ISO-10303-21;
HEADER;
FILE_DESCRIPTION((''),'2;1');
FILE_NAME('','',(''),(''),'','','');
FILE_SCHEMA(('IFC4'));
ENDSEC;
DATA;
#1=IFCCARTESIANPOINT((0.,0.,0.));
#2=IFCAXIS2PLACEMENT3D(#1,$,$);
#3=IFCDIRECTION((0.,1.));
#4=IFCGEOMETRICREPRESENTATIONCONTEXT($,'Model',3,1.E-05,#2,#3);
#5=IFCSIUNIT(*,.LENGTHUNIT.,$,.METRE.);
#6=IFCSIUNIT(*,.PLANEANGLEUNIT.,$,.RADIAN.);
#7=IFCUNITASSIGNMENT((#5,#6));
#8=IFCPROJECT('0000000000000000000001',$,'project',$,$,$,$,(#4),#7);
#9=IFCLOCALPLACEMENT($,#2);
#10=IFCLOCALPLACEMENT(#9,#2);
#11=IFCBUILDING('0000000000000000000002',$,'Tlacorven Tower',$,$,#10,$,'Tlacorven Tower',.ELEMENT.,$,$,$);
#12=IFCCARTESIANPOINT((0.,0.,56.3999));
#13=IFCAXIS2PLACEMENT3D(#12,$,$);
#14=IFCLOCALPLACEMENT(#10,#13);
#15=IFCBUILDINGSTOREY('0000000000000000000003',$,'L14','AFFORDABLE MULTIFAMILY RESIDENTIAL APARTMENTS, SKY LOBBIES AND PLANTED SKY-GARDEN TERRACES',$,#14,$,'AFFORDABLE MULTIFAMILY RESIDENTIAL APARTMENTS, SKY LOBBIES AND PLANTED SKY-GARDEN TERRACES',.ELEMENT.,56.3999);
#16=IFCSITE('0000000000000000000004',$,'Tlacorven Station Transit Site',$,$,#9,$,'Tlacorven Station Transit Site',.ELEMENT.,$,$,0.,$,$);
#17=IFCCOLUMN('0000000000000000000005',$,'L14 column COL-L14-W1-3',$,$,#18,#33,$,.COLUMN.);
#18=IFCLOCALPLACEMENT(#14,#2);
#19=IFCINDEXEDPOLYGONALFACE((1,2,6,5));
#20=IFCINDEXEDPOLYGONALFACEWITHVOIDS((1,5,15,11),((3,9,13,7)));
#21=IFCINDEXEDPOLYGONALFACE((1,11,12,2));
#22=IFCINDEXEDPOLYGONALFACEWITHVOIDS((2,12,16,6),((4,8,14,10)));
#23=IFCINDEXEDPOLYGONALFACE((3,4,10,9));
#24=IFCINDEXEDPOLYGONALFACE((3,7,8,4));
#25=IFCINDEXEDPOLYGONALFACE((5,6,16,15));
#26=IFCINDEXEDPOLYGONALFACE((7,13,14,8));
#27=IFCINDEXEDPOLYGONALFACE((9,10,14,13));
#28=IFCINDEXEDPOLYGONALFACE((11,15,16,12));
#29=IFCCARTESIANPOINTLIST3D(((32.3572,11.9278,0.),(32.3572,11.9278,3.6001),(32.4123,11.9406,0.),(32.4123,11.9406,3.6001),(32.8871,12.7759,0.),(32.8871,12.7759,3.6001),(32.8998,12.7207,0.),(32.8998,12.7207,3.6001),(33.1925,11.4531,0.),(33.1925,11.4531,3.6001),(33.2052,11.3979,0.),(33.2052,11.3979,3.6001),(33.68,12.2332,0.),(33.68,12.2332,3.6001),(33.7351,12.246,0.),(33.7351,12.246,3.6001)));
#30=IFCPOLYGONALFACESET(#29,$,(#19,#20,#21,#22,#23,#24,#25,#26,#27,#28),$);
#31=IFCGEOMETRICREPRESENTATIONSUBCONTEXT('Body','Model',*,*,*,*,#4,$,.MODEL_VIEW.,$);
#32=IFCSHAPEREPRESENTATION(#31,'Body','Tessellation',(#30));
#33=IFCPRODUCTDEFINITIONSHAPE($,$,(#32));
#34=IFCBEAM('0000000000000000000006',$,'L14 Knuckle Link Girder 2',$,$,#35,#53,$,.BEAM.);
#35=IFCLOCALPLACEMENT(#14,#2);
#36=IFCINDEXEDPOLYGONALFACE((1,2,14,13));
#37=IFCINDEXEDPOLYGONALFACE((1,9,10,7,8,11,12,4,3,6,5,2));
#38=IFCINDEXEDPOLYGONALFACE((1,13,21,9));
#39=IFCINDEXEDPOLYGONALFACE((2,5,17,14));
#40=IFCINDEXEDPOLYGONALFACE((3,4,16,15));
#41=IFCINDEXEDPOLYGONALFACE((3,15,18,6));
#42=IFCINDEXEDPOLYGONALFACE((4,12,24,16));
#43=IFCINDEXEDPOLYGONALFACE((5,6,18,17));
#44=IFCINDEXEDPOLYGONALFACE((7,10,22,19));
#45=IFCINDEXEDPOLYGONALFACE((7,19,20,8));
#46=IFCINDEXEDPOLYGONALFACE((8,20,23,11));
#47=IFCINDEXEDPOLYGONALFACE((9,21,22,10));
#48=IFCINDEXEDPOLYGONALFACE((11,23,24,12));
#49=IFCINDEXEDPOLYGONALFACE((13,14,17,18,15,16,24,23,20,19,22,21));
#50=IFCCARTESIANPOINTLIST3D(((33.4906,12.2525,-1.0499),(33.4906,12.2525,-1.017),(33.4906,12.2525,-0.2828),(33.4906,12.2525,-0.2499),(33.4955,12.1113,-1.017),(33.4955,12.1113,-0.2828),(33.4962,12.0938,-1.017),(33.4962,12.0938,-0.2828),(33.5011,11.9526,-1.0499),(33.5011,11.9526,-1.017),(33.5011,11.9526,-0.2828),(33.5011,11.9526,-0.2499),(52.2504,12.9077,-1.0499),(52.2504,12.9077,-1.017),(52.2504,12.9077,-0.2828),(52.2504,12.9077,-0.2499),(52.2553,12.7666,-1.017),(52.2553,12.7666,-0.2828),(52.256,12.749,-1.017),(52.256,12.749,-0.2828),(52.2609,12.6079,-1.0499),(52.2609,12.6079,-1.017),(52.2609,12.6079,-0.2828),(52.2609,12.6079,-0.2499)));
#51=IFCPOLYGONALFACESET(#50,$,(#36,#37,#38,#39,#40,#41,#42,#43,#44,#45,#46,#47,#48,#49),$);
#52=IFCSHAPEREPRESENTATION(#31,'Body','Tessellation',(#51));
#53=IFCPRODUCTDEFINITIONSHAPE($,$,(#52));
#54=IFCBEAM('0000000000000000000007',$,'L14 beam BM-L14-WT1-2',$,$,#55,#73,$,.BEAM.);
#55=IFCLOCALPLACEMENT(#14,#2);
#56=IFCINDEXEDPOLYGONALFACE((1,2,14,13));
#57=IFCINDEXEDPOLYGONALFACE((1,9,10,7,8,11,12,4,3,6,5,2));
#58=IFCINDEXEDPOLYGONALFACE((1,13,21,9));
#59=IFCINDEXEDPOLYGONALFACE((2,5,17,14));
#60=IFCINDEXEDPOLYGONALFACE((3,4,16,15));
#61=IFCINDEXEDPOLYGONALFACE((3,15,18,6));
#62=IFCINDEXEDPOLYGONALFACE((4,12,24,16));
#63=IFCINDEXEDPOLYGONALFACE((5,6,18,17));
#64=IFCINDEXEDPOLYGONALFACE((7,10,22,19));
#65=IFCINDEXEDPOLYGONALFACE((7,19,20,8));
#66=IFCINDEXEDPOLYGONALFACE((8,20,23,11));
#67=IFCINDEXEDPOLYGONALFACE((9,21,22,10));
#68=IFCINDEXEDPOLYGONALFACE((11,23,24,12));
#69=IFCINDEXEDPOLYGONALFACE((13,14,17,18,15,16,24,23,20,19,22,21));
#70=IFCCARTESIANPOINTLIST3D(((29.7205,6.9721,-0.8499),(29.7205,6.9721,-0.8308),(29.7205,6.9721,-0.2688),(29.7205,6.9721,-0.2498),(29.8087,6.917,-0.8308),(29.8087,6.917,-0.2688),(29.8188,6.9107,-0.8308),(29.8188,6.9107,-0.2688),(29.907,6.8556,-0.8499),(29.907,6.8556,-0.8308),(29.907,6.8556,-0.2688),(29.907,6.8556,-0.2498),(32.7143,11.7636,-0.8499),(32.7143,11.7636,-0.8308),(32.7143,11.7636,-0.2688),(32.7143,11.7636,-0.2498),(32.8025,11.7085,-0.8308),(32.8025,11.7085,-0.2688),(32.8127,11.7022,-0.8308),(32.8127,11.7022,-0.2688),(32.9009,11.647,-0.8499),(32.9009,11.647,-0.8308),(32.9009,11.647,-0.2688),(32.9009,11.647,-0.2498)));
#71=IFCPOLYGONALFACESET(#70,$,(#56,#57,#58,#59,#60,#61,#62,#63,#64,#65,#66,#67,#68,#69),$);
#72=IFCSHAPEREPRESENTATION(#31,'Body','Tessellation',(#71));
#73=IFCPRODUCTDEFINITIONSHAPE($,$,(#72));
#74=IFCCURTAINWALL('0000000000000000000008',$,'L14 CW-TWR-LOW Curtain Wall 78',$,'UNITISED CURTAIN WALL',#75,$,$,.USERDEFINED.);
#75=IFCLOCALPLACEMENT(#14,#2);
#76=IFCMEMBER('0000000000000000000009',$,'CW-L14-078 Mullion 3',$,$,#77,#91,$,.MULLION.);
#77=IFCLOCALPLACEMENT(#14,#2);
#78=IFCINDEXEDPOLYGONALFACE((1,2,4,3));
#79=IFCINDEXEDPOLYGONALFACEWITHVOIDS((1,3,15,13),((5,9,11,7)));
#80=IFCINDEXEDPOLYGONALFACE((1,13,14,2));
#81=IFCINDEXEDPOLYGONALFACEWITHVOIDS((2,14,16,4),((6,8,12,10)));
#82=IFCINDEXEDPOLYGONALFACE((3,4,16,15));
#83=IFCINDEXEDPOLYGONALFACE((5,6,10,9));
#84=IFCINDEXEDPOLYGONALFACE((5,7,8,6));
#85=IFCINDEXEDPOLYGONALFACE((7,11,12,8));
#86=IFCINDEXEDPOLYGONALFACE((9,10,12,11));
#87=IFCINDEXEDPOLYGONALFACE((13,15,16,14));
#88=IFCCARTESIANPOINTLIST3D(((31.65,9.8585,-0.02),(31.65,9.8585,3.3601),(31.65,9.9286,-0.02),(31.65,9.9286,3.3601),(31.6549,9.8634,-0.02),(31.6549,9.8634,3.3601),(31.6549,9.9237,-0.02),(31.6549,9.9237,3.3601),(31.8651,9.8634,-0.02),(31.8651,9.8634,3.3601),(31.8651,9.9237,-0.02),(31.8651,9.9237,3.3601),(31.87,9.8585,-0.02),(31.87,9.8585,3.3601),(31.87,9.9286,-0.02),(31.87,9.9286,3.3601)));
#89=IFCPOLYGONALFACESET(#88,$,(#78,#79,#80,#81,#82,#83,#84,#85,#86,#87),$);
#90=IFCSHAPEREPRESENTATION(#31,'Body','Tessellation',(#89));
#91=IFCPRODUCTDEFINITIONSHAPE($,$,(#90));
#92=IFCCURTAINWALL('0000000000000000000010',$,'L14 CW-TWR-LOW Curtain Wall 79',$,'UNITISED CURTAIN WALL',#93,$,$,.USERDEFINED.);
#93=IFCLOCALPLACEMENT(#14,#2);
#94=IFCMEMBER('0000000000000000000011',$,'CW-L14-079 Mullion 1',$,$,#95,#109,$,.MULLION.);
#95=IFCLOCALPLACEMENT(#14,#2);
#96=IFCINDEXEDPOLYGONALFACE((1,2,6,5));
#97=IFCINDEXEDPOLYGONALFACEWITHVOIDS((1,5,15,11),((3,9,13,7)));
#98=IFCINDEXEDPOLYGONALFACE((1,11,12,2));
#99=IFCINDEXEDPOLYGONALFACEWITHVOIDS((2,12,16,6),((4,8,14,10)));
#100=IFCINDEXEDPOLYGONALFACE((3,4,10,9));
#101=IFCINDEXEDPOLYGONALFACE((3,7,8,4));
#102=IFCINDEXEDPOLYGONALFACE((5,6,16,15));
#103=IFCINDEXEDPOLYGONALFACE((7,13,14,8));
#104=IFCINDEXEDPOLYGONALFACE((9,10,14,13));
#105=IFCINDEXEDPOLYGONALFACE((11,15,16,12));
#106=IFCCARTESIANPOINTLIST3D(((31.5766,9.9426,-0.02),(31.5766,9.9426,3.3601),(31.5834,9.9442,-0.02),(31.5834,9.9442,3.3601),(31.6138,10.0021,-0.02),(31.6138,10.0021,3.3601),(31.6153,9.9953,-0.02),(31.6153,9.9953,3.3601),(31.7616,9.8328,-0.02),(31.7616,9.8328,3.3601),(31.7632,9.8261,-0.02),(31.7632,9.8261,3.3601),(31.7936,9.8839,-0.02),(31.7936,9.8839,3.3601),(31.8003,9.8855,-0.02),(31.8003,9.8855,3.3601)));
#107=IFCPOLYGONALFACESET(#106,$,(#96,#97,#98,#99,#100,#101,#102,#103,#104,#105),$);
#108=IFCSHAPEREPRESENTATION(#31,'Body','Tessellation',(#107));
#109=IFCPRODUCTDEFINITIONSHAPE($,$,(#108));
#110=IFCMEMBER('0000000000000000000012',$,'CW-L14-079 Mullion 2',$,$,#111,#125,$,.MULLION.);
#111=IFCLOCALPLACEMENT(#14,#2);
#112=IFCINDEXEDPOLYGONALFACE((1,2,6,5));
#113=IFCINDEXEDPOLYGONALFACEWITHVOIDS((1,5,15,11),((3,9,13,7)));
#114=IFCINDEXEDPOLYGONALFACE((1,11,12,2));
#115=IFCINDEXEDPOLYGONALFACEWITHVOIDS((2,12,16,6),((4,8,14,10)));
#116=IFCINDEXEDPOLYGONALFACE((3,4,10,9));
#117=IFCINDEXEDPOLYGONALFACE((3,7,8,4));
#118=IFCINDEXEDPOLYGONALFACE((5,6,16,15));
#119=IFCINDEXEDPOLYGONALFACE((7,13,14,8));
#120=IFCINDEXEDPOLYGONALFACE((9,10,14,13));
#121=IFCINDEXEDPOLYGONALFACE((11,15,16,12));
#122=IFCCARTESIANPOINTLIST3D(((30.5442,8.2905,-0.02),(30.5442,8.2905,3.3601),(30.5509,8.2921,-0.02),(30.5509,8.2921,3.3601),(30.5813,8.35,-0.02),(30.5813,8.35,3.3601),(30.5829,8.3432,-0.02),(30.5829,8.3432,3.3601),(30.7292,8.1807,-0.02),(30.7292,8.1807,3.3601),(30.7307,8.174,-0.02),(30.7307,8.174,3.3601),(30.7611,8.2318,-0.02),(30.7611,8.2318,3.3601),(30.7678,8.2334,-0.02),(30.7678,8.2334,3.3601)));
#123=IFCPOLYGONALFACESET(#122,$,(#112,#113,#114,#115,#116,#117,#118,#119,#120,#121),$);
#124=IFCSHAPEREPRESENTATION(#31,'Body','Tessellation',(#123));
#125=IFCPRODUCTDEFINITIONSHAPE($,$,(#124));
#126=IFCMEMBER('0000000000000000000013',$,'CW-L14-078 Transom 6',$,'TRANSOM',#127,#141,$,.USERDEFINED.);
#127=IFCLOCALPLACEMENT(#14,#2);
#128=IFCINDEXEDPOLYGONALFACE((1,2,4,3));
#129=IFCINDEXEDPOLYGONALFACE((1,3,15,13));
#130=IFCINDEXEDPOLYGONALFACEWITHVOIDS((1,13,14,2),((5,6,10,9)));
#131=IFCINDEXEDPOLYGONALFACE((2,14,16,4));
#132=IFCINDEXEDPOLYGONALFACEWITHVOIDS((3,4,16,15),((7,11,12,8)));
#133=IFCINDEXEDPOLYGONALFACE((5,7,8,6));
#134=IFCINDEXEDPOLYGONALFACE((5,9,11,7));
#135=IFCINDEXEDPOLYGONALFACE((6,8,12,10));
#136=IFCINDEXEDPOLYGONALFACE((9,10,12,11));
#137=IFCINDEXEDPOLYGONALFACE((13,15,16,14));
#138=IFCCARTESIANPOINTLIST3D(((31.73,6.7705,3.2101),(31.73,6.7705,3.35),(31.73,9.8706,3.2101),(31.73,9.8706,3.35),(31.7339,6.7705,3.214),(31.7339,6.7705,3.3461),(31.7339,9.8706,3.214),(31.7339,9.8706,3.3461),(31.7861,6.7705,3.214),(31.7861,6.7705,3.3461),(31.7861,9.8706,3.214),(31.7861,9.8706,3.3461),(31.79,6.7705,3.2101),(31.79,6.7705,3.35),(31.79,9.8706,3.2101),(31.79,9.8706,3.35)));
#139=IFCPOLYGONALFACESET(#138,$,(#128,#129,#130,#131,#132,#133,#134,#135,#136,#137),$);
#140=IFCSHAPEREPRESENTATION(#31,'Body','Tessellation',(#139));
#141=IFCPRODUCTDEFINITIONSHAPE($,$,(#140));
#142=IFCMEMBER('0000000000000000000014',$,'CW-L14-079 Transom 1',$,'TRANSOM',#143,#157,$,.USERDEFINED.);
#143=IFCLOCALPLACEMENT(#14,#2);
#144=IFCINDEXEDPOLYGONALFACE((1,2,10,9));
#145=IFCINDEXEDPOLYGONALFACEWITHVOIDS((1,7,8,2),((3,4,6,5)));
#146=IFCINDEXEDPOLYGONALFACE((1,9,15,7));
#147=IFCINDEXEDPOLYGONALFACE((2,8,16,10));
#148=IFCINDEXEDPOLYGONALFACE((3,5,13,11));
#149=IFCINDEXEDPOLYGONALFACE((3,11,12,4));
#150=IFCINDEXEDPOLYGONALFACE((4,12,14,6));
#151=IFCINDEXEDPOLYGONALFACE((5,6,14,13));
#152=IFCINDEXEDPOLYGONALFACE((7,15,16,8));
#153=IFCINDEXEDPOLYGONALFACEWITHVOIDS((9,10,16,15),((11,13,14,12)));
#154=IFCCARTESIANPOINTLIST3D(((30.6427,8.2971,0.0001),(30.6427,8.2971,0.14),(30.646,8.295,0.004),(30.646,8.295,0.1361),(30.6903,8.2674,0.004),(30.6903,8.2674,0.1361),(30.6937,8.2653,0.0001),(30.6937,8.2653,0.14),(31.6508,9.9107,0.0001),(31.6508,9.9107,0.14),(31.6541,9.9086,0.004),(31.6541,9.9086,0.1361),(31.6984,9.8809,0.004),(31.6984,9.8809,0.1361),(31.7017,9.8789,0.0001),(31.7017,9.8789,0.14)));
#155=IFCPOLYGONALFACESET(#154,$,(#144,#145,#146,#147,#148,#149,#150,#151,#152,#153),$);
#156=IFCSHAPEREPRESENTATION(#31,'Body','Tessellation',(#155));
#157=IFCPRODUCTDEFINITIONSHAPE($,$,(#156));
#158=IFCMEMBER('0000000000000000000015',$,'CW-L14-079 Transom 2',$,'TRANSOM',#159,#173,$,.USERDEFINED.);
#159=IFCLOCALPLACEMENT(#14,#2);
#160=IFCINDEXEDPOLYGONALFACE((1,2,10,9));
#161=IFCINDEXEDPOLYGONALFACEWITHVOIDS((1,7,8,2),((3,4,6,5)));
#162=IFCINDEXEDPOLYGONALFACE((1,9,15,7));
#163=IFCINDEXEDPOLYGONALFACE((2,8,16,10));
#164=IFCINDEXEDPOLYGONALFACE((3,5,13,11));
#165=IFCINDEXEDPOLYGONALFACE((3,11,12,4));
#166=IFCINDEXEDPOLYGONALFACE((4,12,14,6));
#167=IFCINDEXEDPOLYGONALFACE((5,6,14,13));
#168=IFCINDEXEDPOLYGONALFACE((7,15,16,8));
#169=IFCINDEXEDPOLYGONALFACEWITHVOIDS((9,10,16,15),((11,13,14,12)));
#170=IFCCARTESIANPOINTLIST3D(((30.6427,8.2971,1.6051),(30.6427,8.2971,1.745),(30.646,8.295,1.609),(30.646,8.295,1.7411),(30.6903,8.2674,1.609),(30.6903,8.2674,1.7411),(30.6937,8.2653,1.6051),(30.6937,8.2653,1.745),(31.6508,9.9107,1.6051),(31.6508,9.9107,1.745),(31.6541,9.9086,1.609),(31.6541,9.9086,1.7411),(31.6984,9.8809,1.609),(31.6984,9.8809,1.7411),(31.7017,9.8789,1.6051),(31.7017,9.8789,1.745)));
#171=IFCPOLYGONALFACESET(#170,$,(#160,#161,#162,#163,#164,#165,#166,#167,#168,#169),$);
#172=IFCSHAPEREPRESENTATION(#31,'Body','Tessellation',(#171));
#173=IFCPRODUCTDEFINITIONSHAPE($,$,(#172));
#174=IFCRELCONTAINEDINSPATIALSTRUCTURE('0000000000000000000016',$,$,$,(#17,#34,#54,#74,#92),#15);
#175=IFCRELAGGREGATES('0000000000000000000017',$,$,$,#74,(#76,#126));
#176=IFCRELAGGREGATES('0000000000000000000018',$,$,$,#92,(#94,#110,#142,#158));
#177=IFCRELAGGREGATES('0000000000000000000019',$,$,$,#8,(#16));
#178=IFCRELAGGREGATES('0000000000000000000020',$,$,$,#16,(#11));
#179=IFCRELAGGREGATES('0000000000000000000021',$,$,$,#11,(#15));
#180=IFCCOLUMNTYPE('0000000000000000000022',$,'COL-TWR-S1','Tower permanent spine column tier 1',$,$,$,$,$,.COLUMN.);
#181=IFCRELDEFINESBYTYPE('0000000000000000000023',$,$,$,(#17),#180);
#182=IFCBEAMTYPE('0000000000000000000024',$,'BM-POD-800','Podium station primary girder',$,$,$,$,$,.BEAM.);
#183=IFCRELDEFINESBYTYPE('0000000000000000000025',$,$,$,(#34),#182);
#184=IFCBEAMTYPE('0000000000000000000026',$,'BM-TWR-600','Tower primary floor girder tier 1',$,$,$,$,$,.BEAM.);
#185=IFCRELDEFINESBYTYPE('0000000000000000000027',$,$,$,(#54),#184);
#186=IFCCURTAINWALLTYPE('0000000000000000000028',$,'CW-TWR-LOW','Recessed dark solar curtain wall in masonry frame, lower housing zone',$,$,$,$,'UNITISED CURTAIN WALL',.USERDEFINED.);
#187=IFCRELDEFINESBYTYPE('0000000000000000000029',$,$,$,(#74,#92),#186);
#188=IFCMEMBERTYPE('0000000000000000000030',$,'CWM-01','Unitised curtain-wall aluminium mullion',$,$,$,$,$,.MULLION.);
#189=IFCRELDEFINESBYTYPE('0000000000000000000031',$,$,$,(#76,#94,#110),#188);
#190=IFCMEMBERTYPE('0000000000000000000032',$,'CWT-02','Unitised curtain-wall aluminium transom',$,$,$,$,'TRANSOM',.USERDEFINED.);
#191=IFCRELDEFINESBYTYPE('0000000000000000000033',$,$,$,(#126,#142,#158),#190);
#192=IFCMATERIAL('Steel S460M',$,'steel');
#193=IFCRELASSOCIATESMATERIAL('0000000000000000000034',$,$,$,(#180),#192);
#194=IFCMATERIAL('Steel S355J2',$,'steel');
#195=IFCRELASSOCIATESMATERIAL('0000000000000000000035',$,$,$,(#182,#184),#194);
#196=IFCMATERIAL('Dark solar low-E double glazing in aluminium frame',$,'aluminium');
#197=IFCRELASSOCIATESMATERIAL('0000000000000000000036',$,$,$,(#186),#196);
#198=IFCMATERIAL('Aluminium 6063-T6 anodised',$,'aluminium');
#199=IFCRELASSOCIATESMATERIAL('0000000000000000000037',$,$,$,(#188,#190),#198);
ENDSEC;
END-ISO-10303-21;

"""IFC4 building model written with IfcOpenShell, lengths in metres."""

from ifc_helpers import new_model, si_unit, direction, frame, origin, origin_2d, place, context, subcontext, project, spatial, hollow_rectangle, i_section, extrude, source, transform, mapped, material, material_profile, profile_set, type_object, element, aggregate, save


model = new_model("IFC4")

# Units and contexts
model_context = context("Model", 3, precision=1e-05, world=origin(), true_north=direction((0.0, 1.0)))
body_context = subcontext(model_context, "Body", "Model", "MODEL_VIEW")
ifc_project = project(units=[si_unit("LENGTHUNIT", "METRE"), si_unit("PLANEANGLEUNIT", "RADIAN")], contexts=[model_context])

# Site, building, storey
site_placement = place(None, origin())
site = spatial("IfcSite", under=ifc_project, at=site_placement, Name="Tlacorven Station Transit Site", LongName="Tlacorven Station Transit Site", CompositionType="ELEMENT", RefElevation=0.0)
building_placement = place(site_placement, origin())
building = spatial("IfcBuilding", under=site, at=building_placement, Name="Tlacorven Tower", LongName="Tlacorven Tower", CompositionType="ELEMENT")
storey_placement = place(building_placement, frame((0.0, 0.0, 56.3999)))
storey = spatial("IfcBuildingStorey", under=building, at=storey_placement, Name="L14", Description="AFFORDABLE MULTIFAMILY RESIDENTIAL APARTMENTS, SKY LOBBIES AND PLANTED SKY-GARDEN TERRACES", LongName="AFFORDABLE MULTIFAMILY RESIDENTIAL APARTMENTS, SKY LOBBIES AND PLANTED SKY-GARDEN TERRACES", CompositionType="ELEMENT", Elevation=56.3999)

# Column
ifc_material_1 = material(Name="Steel S460M", Category="steel")
ifc_material_profile_1 = material_profile(ifc_material_1, hollow_rectangle(XDim=1.0, YDim=1.0, WallThickness=0.04, at=origin_2d()), Name="BOX 1000X1000X40")
ifc_profile_set_1 = profile_set([ifc_material_profile_1], Name="Steel S460M")
column_type = type_object("IfcColumnType", Name="COL-TWR-S1", Description="Tower permanent spine column tier 1", PredefinedType="COLUMN", material=ifc_profile_set_1)
shared_shape_1 = source(origin(), body_context, "Body", "SweptSolid", [
    extrude(hollow_rectangle(XDim=1.0, YDim=1.0, WallThickness=0.04, at=origin_2d()), origin(), (0.0, 0.0, 1.0), 3.6001),
])
column_placement = place(storey_placement, frame((33.0461, 12.0869, 0.0), z_axis=(0.0, 0.0, 1.0), x_axis=(-0.848048, 0.529919, 0.0)))
element("IfcColumn", 1, at=column_placement, inside=storey, type_object=column_type, Name="L14 column COL-L14-W1-3", PredefinedType="COLUMN", context=body_context, shape_type="MappedRepresentation", body=[
    mapped(shared_shape_1, transform((0.0, 0.0, 0.0), scale=1.0)),
])

# Beams
ifc_material_2 = material(Name="Steel S355J2", Category="steel")
ifc_material_profile_2 = material_profile(ifc_material_2, i_section(OverallWidth=0.3, OverallDepth=0.8, WebThickness=0.0176, FlangeThickness=0.033, at=origin_2d()), Name="HEB 800")
ifc_profile_set_2 = profile_set([ifc_material_profile_2], Name="Steel S355J2")
beam_type_1 = type_object("IfcBeamType", Name="BM-POD-800", Description="Podium station primary girder", PredefinedType="BEAM", material=ifc_profile_set_2)
shared_shape_2 = source(origin(), body_context, "Body", "SweptSolid", [
    extrude(i_section(OverallWidth=0.3, OverallDepth=0.8, WebThickness=0.0176, FlangeThickness=0.033, at=origin_2d()), origin(), (0.0, 0.0, 1.0), 18.7712),
])
beam_1_placement = place(storey_placement, frame((33.4958, 12.1025, -0.6499), z_axis=(0.999391, 0.034908, 0.0), x_axis=(-0.034908, 0.999391, 0.0)))
element("IfcBeam", 2, at=beam_1_placement, inside=storey, type_object=beam_type_1, Name="L14 Knuckle Link Girder 2", PredefinedType="BEAM", context=body_context, shape_type="MappedRepresentation", body=[
    mapped(shared_shape_2, transform((0.0, 0.0, 0.0), scale=1.0)),
])
ifc_material_profile_3 = material_profile(ifc_material_2, i_section(OverallWidth=0.22, OverallDepth=0.6001, WebThickness=0.012, FlangeThickness=0.019, at=origin_2d()), Name="IPE 600")
ifc_profile_set_3 = profile_set([ifc_material_profile_3], Name="Steel S355J2")
beam_type_2 = type_object("IfcBeamType", Name="BM-TWR-600", Description="Tower primary floor girder tier 1", PredefinedType="BEAM", material=ifc_profile_set_3)
shared_shape_3 = source(origin(), body_context, "Body", "SweptSolid", [
    extrude(i_section(OverallWidth=0.22, OverallDepth=0.6001, WebThickness=0.012, FlangeThickness=0.019, at=origin_2d()), origin(), (0.0, 0.0, 1.0), 5.6499),
])
beam_2_placement = place(storey_placement, frame((32.8076, 11.7053, -0.5498), z_axis=(-0.529898, -0.848061, 0.0), x_axis=(0.848061, -0.529898, 0.0)))
element("IfcBeam", 3, at=beam_2_placement, inside=storey, type_object=beam_type_2, Name="L14 beam BM-L14-WT1-2", PredefinedType="BEAM", context=body_context, shape_type="MappedRepresentation", body=[
    mapped(shared_shape_3, transform((0.0, 0.0, 0.0), scale=1.0)),
])

# Curtain wall, member
ifc_material_3 = material(Name="Dark solar low-E double glazing in aluminium frame", Category="aluminium")
curtain_wall_type = type_object("IfcCurtainWallType", Name="CW-TWR-LOW", Description="Recessed dark solar curtain wall in masonry frame, lower housing zone", ElementType="UNITISED CURTAIN WALL", PredefinedType="USERDEFINED", material=ifc_material_3)
curtain_wall_1_placement = place(storey_placement, origin())
curtain_wall_1 = element("IfcCurtainWall", 4, at=curtain_wall_1_placement, inside=storey, type_object=curtain_wall_type, Name="L14 CW-TWR-LOW Curtain Wall 78", ObjectType="UNITISED CURTAIN WALL", PredefinedType="USERDEFINED")
ifc_material_4 = material(Name="Aluminium 6063-T6 anodised", Category="aluminium")
ifc_material_profile_4 = material_profile(ifc_material_4, hollow_rectangle(XDim=0.0701, YDim=0.22, WallThickness=0.0049, at=origin_2d()), Name="ALU MULLION 70X220")
ifc_profile_set_4 = profile_set([ifc_material_profile_4], Name="Aluminium 6063-T6 anodised")
member_type_1 = type_object("IfcMemberType", Name="CWM-01", Description="Unitised curtain-wall aluminium mullion", PredefinedType="MULLION", material=ifc_profile_set_4)
shared_shape_4 = source(origin(), body_context, "Body", "SweptSolid", [
    extrude(hollow_rectangle(XDim=0.0701, YDim=0.22, WallThickness=0.0049, at=origin_2d()), origin(), (0.0, 0.0, 1.0), 3.3801),
])
member_1_placement = place(storey_placement, frame((31.76, 9.8936, -0.02), z_axis=(0.0, 0.0, 1.0), x_axis=(0.0, 1.0, 0.0)))
member_1 = element("IfcMember", 5, at=member_1_placement, type_object=member_type_1, Name="CW-L14-078 Mullion 3", PredefinedType="MULLION", context=body_context, shape_type="MappedRepresentation", body=[
    mapped(shared_shape_4, transform((0.0, 0.0, 0.0), scale=1.0)),
])

# Curtain wall, members
curtain_wall_2_placement = place(storey_placement, origin())
curtain_wall_2 = element("IfcCurtainWall", 6, at=curtain_wall_2_placement, inside=storey, type_object=curtain_wall_type, Name="L14 CW-TWR-LOW Curtain Wall 79", ObjectType="UNITISED CURTAIN WALL", PredefinedType="USERDEFINED")
member_2_placement = place(storey_placement, frame((31.6885, 9.9141, -0.02), z_axis=(0.0, 0.0, 1.0), x_axis=(-0.529919, -0.848048, 0.0)))
member_2 = element("IfcMember", 7, at=member_2_placement, type_object=member_type_1, Name="CW-L14-079 Mullion 1", PredefinedType="MULLION", context=body_context, shape_type="MappedRepresentation", body=[
    mapped(shared_shape_4, transform((0.0, 0.0, 0.0), scale=1.0)),
])
member_3_placement = place(storey_placement, frame((30.656, 8.262, -0.02), z_axis=(0.0, 0.0, 1.0), x_axis=(-0.529919, -0.848048, 0.0)))
member_3 = element("IfcMember", 8, at=member_3_placement, type_object=member_type_1, Name="CW-L14-079 Mullion 2", PredefinedType="MULLION", context=body_context, shape_type="MappedRepresentation", body=[
    mapped(shared_shape_4, transform((0.0, 0.0, 0.0), scale=1.0)),
])

# Members
ifc_material_profile_5 = material_profile(ifc_material_4, hollow_rectangle(XDim=0.0601, YDim=0.1399, WallThickness=0.0039, at=origin_2d()), Name="ALU TRANSOM 60X140")
ifc_profile_set_5 = profile_set([ifc_material_profile_5], Name="Aluminium 6063-T6 anodised")
member_type_2 = type_object("IfcMemberType", Name="CWT-02", Description="Unitised curtain-wall aluminium transom", ElementType="TRANSOM", PredefinedType="USERDEFINED", material=ifc_profile_set_5)
shared_shape_5 = source(origin(), body_context, "Body", "SweptSolid", [
    extrude(hollow_rectangle(XDim=0.0601, YDim=0.1399, WallThickness=0.0039, at=origin_2d()), origin(), (0.0, 0.0, 1.0), 3.1001),
])
member_4_placement = place(storey_placement, frame((31.76, 6.7705, 3.28), z_axis=(0.0, 1.0, 0.0), x_axis=(-1.0, 0.0, 0.0)))
member_4 = element("IfcMember", 9, at=member_4_placement, type_object=member_type_2, Name="CW-L14-078 Transom 6", ObjectType="TRANSOM", PredefinedType="USERDEFINED", context=body_context, shape_type="MappedRepresentation", body=[
    mapped(shared_shape_5, transform((0.0, 0.0, 0.0), scale=1.0)),
])
shared_shape_6 = source(origin(), body_context, "Body", "SweptSolid", [
    extrude(hollow_rectangle(XDim=0.0601, YDim=0.1399, WallThickness=0.0039, at=origin_2d()), origin(), (0.0, 0.0, 1.0), 1.9026),
])
member_5_placement = place(storey_placement, frame((31.6763, 9.8948, 0.0701), z_axis=(-0.529849, -0.848092, 0.0), x_axis=(0.848092, -0.529849, 0.0)))
member_5 = element("IfcMember", 10, at=member_5_placement, type_object=member_type_2, Name="CW-L14-079 Transom 1", ObjectType="TRANSOM", PredefinedType="USERDEFINED", context=body_context, shape_type="MappedRepresentation", body=[
    mapped(shared_shape_6, transform((0.0, 0.0, 0.0), scale=1.0)),
])
member_6_placement = place(storey_placement, frame((31.6763, 9.8948, 1.675), z_axis=(-0.529849, -0.848092, 0.0), x_axis=(0.848092, -0.529849, 0.0)))
member_6 = element("IfcMember", 11, at=member_6_placement, type_object=member_type_2, Name="CW-L14-079 Transom 2", ObjectType="TRANSOM", PredefinedType="USERDEFINED", context=body_context, shape_type="MappedRepresentation", body=[
    mapped(shared_shape_6, transform((0.0, 0.0, 0.0), scale=1.0)),
])

aggregate(curtain_wall_1, [member_1, member_4])
aggregate(curtain_wall_2, [member_2, member_3, member_5, member_6])

save(model, "model.ifc")
